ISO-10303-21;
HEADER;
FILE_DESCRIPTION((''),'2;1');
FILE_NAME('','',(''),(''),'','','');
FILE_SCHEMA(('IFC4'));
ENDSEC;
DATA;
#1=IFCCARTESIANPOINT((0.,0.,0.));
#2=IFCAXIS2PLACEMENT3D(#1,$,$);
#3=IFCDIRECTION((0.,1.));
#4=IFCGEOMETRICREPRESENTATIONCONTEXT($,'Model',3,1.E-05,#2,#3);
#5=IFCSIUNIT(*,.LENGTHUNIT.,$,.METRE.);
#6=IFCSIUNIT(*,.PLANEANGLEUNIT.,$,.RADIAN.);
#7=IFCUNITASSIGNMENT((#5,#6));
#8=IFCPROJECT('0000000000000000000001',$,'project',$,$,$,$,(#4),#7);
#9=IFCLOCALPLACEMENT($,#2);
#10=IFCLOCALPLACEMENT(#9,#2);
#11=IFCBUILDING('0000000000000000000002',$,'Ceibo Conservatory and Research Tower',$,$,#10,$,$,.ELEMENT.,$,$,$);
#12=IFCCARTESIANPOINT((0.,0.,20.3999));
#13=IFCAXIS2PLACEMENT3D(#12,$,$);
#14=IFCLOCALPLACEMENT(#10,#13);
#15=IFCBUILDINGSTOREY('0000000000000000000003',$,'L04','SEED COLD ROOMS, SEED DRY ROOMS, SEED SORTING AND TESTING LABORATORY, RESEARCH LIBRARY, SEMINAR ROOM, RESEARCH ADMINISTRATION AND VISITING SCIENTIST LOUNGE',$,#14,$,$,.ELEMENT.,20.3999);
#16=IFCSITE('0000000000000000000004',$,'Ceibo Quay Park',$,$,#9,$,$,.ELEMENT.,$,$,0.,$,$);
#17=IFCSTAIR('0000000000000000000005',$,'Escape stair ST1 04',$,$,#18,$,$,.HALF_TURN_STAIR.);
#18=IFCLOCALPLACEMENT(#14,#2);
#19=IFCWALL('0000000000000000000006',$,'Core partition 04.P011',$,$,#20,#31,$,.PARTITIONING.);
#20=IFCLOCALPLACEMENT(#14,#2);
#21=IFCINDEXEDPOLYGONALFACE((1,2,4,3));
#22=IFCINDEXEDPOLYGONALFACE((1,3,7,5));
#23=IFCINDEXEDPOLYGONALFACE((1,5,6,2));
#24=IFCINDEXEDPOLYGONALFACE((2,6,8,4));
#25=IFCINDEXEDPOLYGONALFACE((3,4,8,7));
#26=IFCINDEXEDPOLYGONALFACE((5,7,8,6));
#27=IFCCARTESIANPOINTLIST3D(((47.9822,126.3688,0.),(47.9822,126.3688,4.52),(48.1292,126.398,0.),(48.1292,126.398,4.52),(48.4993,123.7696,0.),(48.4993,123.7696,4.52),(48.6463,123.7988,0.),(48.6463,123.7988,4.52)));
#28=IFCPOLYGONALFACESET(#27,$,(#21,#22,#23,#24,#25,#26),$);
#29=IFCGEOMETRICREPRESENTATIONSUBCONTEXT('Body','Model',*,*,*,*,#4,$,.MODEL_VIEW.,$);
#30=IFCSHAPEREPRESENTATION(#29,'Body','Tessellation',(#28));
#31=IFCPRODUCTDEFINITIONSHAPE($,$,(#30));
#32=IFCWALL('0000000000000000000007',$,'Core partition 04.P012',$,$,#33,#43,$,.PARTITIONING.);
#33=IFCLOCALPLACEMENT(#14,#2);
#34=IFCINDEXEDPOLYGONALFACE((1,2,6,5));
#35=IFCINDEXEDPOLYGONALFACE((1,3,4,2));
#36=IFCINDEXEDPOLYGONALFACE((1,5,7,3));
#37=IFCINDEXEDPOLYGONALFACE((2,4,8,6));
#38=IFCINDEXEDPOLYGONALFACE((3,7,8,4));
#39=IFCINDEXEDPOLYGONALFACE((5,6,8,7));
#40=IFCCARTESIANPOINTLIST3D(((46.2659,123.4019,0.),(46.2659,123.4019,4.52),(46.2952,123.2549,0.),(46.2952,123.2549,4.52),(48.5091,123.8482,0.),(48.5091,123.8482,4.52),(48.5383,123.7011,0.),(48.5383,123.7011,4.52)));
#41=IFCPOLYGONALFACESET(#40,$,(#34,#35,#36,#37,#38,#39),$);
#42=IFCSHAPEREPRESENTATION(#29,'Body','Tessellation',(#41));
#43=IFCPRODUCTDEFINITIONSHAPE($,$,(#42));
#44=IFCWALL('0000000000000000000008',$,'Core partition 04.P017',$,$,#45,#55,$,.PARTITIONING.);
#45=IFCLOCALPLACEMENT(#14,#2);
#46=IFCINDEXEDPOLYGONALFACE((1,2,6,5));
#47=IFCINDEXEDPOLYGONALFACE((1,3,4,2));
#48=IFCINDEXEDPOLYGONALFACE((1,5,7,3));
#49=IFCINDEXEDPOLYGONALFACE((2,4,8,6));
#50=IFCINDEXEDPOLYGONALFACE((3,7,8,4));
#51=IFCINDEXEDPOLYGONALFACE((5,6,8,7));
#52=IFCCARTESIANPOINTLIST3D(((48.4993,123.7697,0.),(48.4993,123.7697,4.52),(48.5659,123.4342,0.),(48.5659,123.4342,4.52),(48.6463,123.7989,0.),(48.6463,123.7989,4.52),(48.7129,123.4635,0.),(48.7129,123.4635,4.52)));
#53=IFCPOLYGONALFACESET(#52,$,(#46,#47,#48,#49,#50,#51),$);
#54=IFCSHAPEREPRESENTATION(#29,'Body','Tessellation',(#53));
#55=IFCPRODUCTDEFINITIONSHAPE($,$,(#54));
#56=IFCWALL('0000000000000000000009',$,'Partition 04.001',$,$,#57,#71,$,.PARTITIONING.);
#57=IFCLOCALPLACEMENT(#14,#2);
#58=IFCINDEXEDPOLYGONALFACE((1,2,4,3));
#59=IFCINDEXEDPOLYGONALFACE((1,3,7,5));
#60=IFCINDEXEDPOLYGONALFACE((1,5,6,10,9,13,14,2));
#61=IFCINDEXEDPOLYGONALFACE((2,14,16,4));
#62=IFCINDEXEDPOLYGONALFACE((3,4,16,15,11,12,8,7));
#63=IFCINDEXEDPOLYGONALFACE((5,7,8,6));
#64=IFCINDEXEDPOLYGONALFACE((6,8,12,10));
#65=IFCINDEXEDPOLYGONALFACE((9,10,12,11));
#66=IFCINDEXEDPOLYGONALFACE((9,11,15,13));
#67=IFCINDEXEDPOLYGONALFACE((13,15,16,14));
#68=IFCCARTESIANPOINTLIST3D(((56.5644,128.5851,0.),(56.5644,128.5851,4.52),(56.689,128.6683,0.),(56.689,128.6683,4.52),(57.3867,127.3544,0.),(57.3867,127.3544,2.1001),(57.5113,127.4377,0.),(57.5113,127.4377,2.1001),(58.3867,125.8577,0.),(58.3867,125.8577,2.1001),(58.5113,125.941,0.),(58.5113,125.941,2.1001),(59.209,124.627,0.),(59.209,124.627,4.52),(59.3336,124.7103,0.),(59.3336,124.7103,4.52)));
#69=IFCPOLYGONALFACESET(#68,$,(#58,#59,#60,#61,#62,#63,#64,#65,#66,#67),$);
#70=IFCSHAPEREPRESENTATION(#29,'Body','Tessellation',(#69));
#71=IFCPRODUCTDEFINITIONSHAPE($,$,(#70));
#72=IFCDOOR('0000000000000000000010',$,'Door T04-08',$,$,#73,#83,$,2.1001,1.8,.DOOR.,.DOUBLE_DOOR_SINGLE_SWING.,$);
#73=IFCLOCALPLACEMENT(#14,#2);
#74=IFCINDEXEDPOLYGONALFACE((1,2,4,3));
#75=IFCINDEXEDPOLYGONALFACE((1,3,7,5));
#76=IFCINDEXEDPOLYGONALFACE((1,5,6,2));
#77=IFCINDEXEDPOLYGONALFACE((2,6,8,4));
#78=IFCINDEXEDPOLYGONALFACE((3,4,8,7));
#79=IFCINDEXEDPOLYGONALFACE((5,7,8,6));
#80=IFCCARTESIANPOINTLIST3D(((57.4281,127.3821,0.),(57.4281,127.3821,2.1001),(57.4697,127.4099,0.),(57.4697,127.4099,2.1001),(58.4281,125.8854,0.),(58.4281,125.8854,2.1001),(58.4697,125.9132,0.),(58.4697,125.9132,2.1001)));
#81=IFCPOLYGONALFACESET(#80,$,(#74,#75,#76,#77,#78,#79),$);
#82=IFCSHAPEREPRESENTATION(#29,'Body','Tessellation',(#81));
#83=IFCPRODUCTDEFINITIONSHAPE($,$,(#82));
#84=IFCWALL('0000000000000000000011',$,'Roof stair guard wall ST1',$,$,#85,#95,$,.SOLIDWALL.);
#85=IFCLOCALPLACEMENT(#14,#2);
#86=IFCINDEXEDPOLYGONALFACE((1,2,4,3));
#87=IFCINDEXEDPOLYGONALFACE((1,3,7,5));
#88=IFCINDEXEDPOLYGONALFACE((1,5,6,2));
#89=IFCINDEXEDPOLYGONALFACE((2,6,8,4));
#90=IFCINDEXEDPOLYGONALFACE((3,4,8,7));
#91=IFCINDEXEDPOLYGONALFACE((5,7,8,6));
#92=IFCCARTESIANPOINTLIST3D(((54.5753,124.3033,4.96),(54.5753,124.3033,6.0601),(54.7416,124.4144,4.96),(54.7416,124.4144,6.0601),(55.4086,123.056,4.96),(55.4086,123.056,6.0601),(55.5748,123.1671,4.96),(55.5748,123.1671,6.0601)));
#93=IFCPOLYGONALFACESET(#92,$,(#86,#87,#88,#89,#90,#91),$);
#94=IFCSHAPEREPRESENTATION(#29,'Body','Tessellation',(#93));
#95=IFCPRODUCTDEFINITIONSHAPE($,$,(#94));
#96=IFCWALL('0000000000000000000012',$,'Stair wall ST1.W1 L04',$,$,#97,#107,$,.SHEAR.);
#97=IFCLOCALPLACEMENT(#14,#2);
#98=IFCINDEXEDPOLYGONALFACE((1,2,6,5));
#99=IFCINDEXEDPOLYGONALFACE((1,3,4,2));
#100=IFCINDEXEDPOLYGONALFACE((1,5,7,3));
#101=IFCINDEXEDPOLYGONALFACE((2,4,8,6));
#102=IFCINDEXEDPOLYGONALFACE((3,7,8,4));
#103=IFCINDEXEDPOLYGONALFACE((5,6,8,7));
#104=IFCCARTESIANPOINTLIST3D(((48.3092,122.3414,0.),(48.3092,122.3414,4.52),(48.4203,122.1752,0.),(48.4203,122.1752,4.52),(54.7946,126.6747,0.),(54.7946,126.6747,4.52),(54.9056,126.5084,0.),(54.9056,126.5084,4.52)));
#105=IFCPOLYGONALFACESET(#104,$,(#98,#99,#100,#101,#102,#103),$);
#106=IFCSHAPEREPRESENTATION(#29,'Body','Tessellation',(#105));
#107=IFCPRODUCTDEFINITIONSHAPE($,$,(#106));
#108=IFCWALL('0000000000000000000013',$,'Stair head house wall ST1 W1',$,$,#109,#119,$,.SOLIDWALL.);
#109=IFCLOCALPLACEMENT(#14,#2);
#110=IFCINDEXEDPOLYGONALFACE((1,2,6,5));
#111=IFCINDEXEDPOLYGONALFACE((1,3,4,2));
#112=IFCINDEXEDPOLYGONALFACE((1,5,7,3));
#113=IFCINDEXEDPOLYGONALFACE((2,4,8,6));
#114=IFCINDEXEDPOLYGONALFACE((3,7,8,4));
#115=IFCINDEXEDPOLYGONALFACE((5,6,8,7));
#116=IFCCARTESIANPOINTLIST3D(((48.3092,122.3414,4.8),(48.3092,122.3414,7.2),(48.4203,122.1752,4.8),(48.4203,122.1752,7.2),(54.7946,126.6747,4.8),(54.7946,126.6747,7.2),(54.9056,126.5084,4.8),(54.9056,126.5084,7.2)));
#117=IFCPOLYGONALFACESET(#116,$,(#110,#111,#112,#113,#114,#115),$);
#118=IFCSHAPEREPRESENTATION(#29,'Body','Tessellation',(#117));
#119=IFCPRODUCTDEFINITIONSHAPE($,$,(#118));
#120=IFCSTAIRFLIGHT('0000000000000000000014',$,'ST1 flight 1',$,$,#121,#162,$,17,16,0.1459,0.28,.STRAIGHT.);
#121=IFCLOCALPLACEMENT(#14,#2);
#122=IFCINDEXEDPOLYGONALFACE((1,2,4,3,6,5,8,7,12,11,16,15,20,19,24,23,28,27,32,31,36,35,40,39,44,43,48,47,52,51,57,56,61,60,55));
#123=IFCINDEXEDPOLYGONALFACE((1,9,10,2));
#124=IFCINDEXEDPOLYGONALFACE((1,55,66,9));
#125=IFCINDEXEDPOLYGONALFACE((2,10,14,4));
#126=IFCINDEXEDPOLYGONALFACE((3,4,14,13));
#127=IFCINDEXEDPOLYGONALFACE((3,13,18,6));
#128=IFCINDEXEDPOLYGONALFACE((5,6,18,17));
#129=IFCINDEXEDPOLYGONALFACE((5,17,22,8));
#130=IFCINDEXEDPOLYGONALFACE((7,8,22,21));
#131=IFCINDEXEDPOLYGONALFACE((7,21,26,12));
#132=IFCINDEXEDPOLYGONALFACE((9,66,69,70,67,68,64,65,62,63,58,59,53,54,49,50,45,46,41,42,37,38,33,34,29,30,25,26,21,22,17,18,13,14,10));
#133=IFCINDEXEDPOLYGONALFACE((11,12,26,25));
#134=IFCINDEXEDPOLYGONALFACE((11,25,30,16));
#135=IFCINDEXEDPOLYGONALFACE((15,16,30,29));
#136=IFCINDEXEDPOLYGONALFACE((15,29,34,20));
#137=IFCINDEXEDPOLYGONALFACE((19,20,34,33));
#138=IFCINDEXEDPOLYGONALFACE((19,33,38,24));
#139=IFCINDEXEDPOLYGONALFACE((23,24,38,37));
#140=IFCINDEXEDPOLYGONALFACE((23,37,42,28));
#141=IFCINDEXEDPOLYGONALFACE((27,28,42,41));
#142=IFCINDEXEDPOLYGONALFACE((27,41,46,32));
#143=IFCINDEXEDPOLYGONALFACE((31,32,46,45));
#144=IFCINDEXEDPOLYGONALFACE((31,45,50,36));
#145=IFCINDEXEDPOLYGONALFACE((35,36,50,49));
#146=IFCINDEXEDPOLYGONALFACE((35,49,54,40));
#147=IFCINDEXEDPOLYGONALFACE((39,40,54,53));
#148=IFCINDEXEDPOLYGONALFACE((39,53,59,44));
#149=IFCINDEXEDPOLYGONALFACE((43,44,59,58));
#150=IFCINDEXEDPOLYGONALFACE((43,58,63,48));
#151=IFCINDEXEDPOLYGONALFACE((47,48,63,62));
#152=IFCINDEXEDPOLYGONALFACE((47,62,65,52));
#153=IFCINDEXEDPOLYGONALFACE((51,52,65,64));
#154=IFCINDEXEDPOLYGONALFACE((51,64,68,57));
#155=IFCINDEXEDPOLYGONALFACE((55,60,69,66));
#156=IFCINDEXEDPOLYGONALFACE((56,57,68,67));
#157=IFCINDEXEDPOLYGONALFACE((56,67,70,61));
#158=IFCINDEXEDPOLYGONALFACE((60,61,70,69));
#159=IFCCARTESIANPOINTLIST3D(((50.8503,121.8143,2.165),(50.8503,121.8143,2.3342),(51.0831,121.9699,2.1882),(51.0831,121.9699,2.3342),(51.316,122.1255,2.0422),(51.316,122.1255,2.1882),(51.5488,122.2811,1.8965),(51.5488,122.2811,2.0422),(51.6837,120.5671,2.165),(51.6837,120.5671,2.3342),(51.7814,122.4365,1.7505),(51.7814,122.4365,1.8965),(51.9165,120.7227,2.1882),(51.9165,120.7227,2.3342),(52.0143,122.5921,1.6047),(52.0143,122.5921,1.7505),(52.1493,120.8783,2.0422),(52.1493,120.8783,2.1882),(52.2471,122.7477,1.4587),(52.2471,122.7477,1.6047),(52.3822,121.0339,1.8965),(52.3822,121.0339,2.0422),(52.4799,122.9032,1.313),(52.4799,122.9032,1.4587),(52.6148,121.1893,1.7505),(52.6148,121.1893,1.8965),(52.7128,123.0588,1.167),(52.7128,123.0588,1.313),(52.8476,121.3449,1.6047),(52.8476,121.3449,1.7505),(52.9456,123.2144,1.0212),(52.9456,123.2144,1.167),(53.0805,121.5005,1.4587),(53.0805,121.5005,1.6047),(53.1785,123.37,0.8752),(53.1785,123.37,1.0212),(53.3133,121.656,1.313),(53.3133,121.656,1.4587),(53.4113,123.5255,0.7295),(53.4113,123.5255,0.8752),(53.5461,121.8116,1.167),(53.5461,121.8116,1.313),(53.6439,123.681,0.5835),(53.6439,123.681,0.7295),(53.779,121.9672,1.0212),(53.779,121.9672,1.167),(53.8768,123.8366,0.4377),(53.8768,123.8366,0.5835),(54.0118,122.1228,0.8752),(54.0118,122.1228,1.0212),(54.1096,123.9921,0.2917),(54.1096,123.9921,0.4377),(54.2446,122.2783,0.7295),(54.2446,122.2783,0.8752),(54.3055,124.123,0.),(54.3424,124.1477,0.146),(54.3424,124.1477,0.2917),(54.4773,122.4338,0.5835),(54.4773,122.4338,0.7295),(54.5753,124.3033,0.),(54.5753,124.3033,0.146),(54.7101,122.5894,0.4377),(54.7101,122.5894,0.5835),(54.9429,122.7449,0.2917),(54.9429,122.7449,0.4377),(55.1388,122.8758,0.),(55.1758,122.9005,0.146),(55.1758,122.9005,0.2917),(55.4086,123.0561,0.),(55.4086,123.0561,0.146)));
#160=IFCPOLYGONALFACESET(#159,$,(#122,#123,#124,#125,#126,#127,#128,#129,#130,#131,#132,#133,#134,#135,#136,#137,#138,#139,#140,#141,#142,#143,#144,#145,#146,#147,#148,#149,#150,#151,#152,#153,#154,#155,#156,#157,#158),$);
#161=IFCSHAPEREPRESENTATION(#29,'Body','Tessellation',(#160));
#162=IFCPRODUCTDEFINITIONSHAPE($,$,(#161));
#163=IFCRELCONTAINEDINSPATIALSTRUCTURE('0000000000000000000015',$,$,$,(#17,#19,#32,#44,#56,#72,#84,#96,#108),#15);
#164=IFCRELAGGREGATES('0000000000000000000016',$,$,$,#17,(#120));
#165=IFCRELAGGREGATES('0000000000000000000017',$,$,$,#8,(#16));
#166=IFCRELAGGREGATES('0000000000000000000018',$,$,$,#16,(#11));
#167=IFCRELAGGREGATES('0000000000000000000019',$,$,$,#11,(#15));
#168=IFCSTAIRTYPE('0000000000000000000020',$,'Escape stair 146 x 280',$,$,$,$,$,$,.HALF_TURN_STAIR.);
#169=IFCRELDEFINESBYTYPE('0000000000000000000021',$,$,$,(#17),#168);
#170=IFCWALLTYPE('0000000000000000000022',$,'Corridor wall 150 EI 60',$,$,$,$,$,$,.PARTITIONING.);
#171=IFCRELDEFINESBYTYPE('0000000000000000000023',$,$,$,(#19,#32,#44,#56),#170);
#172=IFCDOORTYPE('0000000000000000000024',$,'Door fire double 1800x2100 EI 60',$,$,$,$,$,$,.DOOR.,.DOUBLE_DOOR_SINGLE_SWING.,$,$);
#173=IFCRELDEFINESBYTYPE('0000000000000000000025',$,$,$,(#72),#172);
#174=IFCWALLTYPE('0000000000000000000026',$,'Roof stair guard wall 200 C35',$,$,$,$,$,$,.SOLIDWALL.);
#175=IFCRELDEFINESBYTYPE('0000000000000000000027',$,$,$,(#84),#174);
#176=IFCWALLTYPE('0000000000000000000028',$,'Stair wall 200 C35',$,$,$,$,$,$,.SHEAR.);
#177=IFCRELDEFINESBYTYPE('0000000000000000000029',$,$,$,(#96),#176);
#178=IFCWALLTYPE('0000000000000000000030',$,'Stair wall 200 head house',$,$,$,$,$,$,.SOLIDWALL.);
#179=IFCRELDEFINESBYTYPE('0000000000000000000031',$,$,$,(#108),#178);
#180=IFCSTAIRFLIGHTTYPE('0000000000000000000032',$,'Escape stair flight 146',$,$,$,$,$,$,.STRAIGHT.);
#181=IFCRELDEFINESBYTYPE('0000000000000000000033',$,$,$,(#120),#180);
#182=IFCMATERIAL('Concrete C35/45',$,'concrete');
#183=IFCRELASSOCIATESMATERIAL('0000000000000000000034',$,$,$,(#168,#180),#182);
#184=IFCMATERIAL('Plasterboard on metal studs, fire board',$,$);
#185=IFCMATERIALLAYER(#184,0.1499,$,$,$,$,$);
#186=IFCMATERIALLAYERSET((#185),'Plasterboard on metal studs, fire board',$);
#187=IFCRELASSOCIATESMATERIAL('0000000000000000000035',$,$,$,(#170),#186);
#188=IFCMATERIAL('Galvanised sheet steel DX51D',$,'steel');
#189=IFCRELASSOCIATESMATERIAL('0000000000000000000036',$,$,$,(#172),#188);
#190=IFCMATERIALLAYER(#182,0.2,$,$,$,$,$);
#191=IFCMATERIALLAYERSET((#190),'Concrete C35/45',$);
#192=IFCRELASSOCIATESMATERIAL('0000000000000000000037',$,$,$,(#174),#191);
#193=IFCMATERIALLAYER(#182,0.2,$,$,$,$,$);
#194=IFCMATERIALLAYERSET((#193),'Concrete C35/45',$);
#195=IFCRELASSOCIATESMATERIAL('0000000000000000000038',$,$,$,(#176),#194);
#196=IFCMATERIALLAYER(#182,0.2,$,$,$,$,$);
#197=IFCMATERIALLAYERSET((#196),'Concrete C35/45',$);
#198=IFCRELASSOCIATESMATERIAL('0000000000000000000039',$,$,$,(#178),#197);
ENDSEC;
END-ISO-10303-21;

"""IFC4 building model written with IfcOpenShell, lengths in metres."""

from ifc_helpers import new_model, si_unit, direction, frame, frame_2d, origin, place, context, subcontext, project, spatial, polyline, rectangle, outline, extrude, material, layer, layer_set, type_object, element, fill, aggregate, save


model = new_model("IFC4")

# Units and contexts
model_context = context("Model", 3, precision=1e-05, world=origin(), true_north=direction((0.0, 1.0)))
body_context = subcontext(model_context, "Body", "Model", "MODEL_VIEW")
ifc_project = project(units=[si_unit("LENGTHUNIT", "METRE"), si_unit("PLANEANGLEUNIT", "RADIAN")], contexts=[model_context])

# Site, building, storey
site_placement = place(None, origin())
site = spatial("IfcSite", under=ifc_project, at=site_placement, Name="Ceibo Quay Park", CompositionType="ELEMENT", RefElevation=0.0)
building_placement = place(site_placement, origin())
building = spatial("IfcBuilding", under=site, at=building_placement, Name="Ceibo Conservatory and Research Tower", CompositionType="ELEMENT")
storey_placement = place(building_placement, frame((0.0, 0.0, 20.3999)))
storey = spatial("IfcBuildingStorey", under=building, at=storey_placement, Name="L04", Description="SEED COLD ROOMS, SEED DRY ROOMS, SEED SORTING AND TESTING LABORATORY, RESEARCH LIBRARY, SEMINAR ROOM, RESEARCH ADMINISTRATION AND VISITING SCIENTIST LOUNGE", CompositionType="ELEMENT", Elevation=20.3999)

# Shared definitions
ifc_material_1 = material(Name="Concrete C35/45", Category="concrete")

# Stair
stair_type = type_object("IfcStairType", Name="Escape stair 146 x 280", PredefinedType="HALF_TURN_STAIR", material=ifc_material_1)
stair_placement = place(storey_placement, origin())
stair = element("IfcStair", 1, at=stair_placement, inside=storey, type_object=stair_type, Name="Escape stair ST1 04", PredefinedType="HALF_TURN_STAIR")

# Shared definitions
ifc_material_2 = material(Name="Galvanised sheet steel DX51D", Category="steel")

# Walls
ifc_material_3 = material(Name="Plasterboard on metal studs, fire board")
ifc_layer_1 = layer(ifc_material_3, 0.1499)
ifc_layer_set_1 = layer_set([ifc_layer_1], Name="Plasterboard on metal studs, fire board")
wall_type_1 = type_object("IfcWallType", Name="Corridor wall 150 EI 60", PredefinedType="PARTITIONING", material=ifc_layer_set_1)
wall_1_placement = place(storey_placement, frame((48.0557, 126.3835, 0.0), z_axis=(0.0, 0.0, 1.0), x_axis=(0.195124, -0.980779, 0.0)))
element("IfcWall", 2, at=wall_1_placement, inside=storey, type_object=wall_type_1, Name="Core partition 04.P011", PredefinedType="PARTITIONING", context=body_context, shape_type="SweptSolid", body=[
    extrude(rectangle(XDim=2.6501, YDim=0.1499, at=frame_2d((1.3252, 0.0))), origin(), (0.0, 0.0, 1.0), 4.52),
])
wall_2_placement = place(storey_placement, frame((48.5237, 123.7747, 0.0), z_axis=(0.0, 0.0, 1.0), x_axis=(-0.980777, -0.195131, 0.0)))
element("IfcWall", 3, at=wall_2_placement, inside=storey, type_object=wall_type_1, Name="Core partition 04.P012", PredefinedType="PARTITIONING", context=body_context, shape_type="SweptSolid", body=[
    extrude(rectangle(XDim=2.2871, YDim=0.1499, at=frame_2d((1.1436, 0.0))), origin(), (0.0, 0.0, 1.0), 4.52),
])
wall_3_placement = place(storey_placement, frame((48.6394, 123.449, 0.0), z_axis=(0.0, 0.0, 1.0), x_axis=(-0.19488, 0.980827, 0.0)))
element("IfcWall", 4, at=wall_3_placement, inside=storey, type_object=wall_type_1, Name="Core partition 04.P017", PredefinedType="PARTITIONING", context=body_context, shape_type="SweptSolid", body=[
    extrude(rectangle(XDim=0.342, YDim=0.1499, at=frame_2d((0.1709, 0.0))), origin(), (0.0, 0.0, 1.0), 4.52),
])

# Wall, opening, door
wall_4_placement = place(storey_placement, frame((56.6267, 128.6267, 0.0), z_axis=(0.0, 0.0, 1.0), x_axis=(0.555552, -0.831482, 0.0)))
wall_4 = element("IfcWall", 5, at=wall_4_placement, inside=storey, type_object=wall_type_1, Name="Partition 04.001", PredefinedType="PARTITIONING", context=body_context, shape_type="SweptSolid", body=[
    extrude(rectangle(XDim=4.7603, YDim=0.1499, at=frame_2d((2.3801, 0.0))), origin(), (0.0, 0.0, 1.0), 4.52),
])
opening_1_placement = place(wall_4_placement, frame((1.4802, 0.0, 0.0)))
opening_1 = element("IfcOpeningElement", 6, at=opening_1_placement, cuts=wall_4, PredefinedType="OPENING", context=body_context, shape_type="SweptSolid", body=[
    extrude(rectangle(XDim=1.8, YDim=2.1001, at=frame_2d((0.8999, 1.05))), frame((0.0, 0.085, 0.0), z_axis=(0.0, -1.0, 0.0), x_axis=(1.0, 0.0, 0.0)), (0.0, 0.0, 1.0), 0.1699),
])
door_type_1 = type_object("IfcDoorType", Name="Door fire double 1800x2100 EI 60", OperationType="DOUBLE_DOOR_SINGLE_SWING", PredefinedType="DOOR", material=ifc_material_2)
door_1_placement = place(opening_1_placement, origin())
door_1 = element("IfcDoor", 7, at=door_1_placement, inside=storey, type_object=door_type_1, Name="Door T04-08", OperationType="DOUBLE_DOOR_SINGLE_SWING", OverallHeight=2.1001, OverallWidth=1.8, PredefinedType="DOOR", context=body_context, shape_type="SweptSolid", body=[
    extrude(rectangle(XDim=1.8, YDim=2.1001, at=frame_2d((0.8999, 1.05))), frame((0.0, 0.0249, 0.0), z_axis=(0.0, -1.0, 0.0), x_axis=(1.0, 0.0, 0.0)), (0.0, 0.0, 1.0), 0.05),
])
fill(opening_1, door_1)

# Walls
ifc_layer_2 = layer(ifc_material_1, 0.2)
ifc_layer_set_2 = layer_set([ifc_layer_2], Name="Concrete C35/45")
wall_type_2 = type_object("IfcWallType", Name="Roof stair guard wall 200 C35", PredefinedType="SOLIDWALL", material=ifc_layer_set_2)
wall_5_placement = place(storey_placement, frame((55.4917, 123.1116, 4.96), z_axis=(0.0, 0.0, 1.0), x_axis=(-0.555489, 0.831524, 0.0)))
element("IfcWall", 8, at=wall_5_placement, inside=storey, type_object=wall_type_2, Name="Roof stair guard wall ST1", PredefinedType="SOLIDWALL", context=body_context, shape_type="SweptSolid", body=[
    extrude(rectangle(XDim=1.5, YDim=0.2, at=frame_2d((0.75, 0.0))), origin(), (0.0, 0.0, 1.0), 1.1001),
])
ifc_layer_3 = layer(ifc_material_1, 0.2)
ifc_layer_set_3 = layer_set([ifc_layer_3], Name="Concrete C35/45")
wall_type_3 = type_object("IfcWallType", Name="Stair wall 200 C35", PredefinedType="SHEAR", material=ifc_layer_set_3)
wall_6_placement = place(storey_placement, frame((48.3647, 122.2583, 0.0), z_axis=(0.0, 0.0, 1.0), x_axis=(0.831477, 0.555559, 0.0)))
element("IfcWall", 9, at=wall_6_placement, inside=storey, type_object=wall_type_3, Name="Stair wall ST1.W1 L04", PredefinedType="SHEAR", context=body_context, shape_type="SweptSolid", body=[
    extrude(rectangle(XDim=7.7998, YDim=0.2, at=frame_2d((3.8999, 0.0))), origin(), (0.0, 0.0, 1.0), 4.52),
])
ifc_layer_4 = layer(ifc_material_1, 0.2)
ifc_layer_set_4 = layer_set([ifc_layer_4], Name="Concrete C35/45")
wall_type_4 = type_object("IfcWallType", Name="Stair wall 200 head house", PredefinedType="SOLIDWALL", material=ifc_layer_set_4)
wall_7_placement = place(storey_placement, frame((48.3647, 122.2583, 4.8), z_axis=(0.0, 0.0, 1.0), x_axis=(0.831477, 0.555559, 0.0)))
element("IfcWall", 10, at=wall_7_placement, inside=storey, type_object=wall_type_4, Name="Stair head house wall ST1 W1", PredefinedType="SOLIDWALL", context=body_context, shape_type="SweptSolid", body=[
    extrude(rectangle(XDim=7.7998, YDim=0.2, at=frame_2d((3.8999, 0.0))), origin(), (0.0, 0.0, 1.0), 2.3999),
])

# Stair flight
stair_flight_type = type_object("IfcStairFlightType", Name="Escape stair flight 146", PredefinedType="STRAIGHT", material=ifc_material_1)
stair_flight_1_placement = place(storey_placement, frame((54.9919, 123.6797, 0.0), z_axis=(0.0, 0.0, 1.0), x_axis=(-0.83147, -0.55557, 0.0)))
stair_flight_1 = element("IfcStairFlight", 11, at=stair_flight_1_placement, type_object=stair_flight_type, Name="ST1 flight 1", NumberOfRisers=17, NumberOfTreads=16, PredefinedType="STRAIGHT", RiserHeight=0.1459, TreadLength=0.28, context=body_context, shape_type="SweptSolid", body=[
    extrude(outline(polyline([(0.0, 0.0), (0.0, 0.146), (0.28, 0.146), (0.28, 0.2917), (0.5601, 0.2917), (0.5601, 0.4377), (0.8401, 0.4377), (0.8401, 0.5835), (1.1201, 0.5835), (1.1201, 0.7295), (1.3999, 0.7295), (1.3999, 0.8752), (1.6799, 0.8752), (1.6799, 1.0212), (1.96, 1.0212), (1.96, 1.167), (2.24, 1.167), (2.24, 1.313), (2.52, 1.313), (2.52, 1.4587), (2.8, 1.4587), (2.8, 1.6047), (3.0801, 1.6047), (3.0801, 1.7505), (3.3601, 1.7505), (3.3601, 1.8965), (3.6399, 1.8965), (3.6399, 2.0422), (3.9199, 2.0422), (3.9199, 2.1882), (4.2, 2.1882), (4.2, 2.3342), (4.48, 2.3342), (4.48, 2.48), (4.48, 2.165), (0.3245, 0.0), (0.0, 0.0)])), frame((0.0, 0.75, 0.0), z_axis=(0.0, -1.0, 0.0), x_axis=(1.0, 0.0, 0.0)), (0.0, 0.0, 1.0), 1.5),
])
aggregate(stair, [stair_flight_1])

save(model, "model.ifc")
